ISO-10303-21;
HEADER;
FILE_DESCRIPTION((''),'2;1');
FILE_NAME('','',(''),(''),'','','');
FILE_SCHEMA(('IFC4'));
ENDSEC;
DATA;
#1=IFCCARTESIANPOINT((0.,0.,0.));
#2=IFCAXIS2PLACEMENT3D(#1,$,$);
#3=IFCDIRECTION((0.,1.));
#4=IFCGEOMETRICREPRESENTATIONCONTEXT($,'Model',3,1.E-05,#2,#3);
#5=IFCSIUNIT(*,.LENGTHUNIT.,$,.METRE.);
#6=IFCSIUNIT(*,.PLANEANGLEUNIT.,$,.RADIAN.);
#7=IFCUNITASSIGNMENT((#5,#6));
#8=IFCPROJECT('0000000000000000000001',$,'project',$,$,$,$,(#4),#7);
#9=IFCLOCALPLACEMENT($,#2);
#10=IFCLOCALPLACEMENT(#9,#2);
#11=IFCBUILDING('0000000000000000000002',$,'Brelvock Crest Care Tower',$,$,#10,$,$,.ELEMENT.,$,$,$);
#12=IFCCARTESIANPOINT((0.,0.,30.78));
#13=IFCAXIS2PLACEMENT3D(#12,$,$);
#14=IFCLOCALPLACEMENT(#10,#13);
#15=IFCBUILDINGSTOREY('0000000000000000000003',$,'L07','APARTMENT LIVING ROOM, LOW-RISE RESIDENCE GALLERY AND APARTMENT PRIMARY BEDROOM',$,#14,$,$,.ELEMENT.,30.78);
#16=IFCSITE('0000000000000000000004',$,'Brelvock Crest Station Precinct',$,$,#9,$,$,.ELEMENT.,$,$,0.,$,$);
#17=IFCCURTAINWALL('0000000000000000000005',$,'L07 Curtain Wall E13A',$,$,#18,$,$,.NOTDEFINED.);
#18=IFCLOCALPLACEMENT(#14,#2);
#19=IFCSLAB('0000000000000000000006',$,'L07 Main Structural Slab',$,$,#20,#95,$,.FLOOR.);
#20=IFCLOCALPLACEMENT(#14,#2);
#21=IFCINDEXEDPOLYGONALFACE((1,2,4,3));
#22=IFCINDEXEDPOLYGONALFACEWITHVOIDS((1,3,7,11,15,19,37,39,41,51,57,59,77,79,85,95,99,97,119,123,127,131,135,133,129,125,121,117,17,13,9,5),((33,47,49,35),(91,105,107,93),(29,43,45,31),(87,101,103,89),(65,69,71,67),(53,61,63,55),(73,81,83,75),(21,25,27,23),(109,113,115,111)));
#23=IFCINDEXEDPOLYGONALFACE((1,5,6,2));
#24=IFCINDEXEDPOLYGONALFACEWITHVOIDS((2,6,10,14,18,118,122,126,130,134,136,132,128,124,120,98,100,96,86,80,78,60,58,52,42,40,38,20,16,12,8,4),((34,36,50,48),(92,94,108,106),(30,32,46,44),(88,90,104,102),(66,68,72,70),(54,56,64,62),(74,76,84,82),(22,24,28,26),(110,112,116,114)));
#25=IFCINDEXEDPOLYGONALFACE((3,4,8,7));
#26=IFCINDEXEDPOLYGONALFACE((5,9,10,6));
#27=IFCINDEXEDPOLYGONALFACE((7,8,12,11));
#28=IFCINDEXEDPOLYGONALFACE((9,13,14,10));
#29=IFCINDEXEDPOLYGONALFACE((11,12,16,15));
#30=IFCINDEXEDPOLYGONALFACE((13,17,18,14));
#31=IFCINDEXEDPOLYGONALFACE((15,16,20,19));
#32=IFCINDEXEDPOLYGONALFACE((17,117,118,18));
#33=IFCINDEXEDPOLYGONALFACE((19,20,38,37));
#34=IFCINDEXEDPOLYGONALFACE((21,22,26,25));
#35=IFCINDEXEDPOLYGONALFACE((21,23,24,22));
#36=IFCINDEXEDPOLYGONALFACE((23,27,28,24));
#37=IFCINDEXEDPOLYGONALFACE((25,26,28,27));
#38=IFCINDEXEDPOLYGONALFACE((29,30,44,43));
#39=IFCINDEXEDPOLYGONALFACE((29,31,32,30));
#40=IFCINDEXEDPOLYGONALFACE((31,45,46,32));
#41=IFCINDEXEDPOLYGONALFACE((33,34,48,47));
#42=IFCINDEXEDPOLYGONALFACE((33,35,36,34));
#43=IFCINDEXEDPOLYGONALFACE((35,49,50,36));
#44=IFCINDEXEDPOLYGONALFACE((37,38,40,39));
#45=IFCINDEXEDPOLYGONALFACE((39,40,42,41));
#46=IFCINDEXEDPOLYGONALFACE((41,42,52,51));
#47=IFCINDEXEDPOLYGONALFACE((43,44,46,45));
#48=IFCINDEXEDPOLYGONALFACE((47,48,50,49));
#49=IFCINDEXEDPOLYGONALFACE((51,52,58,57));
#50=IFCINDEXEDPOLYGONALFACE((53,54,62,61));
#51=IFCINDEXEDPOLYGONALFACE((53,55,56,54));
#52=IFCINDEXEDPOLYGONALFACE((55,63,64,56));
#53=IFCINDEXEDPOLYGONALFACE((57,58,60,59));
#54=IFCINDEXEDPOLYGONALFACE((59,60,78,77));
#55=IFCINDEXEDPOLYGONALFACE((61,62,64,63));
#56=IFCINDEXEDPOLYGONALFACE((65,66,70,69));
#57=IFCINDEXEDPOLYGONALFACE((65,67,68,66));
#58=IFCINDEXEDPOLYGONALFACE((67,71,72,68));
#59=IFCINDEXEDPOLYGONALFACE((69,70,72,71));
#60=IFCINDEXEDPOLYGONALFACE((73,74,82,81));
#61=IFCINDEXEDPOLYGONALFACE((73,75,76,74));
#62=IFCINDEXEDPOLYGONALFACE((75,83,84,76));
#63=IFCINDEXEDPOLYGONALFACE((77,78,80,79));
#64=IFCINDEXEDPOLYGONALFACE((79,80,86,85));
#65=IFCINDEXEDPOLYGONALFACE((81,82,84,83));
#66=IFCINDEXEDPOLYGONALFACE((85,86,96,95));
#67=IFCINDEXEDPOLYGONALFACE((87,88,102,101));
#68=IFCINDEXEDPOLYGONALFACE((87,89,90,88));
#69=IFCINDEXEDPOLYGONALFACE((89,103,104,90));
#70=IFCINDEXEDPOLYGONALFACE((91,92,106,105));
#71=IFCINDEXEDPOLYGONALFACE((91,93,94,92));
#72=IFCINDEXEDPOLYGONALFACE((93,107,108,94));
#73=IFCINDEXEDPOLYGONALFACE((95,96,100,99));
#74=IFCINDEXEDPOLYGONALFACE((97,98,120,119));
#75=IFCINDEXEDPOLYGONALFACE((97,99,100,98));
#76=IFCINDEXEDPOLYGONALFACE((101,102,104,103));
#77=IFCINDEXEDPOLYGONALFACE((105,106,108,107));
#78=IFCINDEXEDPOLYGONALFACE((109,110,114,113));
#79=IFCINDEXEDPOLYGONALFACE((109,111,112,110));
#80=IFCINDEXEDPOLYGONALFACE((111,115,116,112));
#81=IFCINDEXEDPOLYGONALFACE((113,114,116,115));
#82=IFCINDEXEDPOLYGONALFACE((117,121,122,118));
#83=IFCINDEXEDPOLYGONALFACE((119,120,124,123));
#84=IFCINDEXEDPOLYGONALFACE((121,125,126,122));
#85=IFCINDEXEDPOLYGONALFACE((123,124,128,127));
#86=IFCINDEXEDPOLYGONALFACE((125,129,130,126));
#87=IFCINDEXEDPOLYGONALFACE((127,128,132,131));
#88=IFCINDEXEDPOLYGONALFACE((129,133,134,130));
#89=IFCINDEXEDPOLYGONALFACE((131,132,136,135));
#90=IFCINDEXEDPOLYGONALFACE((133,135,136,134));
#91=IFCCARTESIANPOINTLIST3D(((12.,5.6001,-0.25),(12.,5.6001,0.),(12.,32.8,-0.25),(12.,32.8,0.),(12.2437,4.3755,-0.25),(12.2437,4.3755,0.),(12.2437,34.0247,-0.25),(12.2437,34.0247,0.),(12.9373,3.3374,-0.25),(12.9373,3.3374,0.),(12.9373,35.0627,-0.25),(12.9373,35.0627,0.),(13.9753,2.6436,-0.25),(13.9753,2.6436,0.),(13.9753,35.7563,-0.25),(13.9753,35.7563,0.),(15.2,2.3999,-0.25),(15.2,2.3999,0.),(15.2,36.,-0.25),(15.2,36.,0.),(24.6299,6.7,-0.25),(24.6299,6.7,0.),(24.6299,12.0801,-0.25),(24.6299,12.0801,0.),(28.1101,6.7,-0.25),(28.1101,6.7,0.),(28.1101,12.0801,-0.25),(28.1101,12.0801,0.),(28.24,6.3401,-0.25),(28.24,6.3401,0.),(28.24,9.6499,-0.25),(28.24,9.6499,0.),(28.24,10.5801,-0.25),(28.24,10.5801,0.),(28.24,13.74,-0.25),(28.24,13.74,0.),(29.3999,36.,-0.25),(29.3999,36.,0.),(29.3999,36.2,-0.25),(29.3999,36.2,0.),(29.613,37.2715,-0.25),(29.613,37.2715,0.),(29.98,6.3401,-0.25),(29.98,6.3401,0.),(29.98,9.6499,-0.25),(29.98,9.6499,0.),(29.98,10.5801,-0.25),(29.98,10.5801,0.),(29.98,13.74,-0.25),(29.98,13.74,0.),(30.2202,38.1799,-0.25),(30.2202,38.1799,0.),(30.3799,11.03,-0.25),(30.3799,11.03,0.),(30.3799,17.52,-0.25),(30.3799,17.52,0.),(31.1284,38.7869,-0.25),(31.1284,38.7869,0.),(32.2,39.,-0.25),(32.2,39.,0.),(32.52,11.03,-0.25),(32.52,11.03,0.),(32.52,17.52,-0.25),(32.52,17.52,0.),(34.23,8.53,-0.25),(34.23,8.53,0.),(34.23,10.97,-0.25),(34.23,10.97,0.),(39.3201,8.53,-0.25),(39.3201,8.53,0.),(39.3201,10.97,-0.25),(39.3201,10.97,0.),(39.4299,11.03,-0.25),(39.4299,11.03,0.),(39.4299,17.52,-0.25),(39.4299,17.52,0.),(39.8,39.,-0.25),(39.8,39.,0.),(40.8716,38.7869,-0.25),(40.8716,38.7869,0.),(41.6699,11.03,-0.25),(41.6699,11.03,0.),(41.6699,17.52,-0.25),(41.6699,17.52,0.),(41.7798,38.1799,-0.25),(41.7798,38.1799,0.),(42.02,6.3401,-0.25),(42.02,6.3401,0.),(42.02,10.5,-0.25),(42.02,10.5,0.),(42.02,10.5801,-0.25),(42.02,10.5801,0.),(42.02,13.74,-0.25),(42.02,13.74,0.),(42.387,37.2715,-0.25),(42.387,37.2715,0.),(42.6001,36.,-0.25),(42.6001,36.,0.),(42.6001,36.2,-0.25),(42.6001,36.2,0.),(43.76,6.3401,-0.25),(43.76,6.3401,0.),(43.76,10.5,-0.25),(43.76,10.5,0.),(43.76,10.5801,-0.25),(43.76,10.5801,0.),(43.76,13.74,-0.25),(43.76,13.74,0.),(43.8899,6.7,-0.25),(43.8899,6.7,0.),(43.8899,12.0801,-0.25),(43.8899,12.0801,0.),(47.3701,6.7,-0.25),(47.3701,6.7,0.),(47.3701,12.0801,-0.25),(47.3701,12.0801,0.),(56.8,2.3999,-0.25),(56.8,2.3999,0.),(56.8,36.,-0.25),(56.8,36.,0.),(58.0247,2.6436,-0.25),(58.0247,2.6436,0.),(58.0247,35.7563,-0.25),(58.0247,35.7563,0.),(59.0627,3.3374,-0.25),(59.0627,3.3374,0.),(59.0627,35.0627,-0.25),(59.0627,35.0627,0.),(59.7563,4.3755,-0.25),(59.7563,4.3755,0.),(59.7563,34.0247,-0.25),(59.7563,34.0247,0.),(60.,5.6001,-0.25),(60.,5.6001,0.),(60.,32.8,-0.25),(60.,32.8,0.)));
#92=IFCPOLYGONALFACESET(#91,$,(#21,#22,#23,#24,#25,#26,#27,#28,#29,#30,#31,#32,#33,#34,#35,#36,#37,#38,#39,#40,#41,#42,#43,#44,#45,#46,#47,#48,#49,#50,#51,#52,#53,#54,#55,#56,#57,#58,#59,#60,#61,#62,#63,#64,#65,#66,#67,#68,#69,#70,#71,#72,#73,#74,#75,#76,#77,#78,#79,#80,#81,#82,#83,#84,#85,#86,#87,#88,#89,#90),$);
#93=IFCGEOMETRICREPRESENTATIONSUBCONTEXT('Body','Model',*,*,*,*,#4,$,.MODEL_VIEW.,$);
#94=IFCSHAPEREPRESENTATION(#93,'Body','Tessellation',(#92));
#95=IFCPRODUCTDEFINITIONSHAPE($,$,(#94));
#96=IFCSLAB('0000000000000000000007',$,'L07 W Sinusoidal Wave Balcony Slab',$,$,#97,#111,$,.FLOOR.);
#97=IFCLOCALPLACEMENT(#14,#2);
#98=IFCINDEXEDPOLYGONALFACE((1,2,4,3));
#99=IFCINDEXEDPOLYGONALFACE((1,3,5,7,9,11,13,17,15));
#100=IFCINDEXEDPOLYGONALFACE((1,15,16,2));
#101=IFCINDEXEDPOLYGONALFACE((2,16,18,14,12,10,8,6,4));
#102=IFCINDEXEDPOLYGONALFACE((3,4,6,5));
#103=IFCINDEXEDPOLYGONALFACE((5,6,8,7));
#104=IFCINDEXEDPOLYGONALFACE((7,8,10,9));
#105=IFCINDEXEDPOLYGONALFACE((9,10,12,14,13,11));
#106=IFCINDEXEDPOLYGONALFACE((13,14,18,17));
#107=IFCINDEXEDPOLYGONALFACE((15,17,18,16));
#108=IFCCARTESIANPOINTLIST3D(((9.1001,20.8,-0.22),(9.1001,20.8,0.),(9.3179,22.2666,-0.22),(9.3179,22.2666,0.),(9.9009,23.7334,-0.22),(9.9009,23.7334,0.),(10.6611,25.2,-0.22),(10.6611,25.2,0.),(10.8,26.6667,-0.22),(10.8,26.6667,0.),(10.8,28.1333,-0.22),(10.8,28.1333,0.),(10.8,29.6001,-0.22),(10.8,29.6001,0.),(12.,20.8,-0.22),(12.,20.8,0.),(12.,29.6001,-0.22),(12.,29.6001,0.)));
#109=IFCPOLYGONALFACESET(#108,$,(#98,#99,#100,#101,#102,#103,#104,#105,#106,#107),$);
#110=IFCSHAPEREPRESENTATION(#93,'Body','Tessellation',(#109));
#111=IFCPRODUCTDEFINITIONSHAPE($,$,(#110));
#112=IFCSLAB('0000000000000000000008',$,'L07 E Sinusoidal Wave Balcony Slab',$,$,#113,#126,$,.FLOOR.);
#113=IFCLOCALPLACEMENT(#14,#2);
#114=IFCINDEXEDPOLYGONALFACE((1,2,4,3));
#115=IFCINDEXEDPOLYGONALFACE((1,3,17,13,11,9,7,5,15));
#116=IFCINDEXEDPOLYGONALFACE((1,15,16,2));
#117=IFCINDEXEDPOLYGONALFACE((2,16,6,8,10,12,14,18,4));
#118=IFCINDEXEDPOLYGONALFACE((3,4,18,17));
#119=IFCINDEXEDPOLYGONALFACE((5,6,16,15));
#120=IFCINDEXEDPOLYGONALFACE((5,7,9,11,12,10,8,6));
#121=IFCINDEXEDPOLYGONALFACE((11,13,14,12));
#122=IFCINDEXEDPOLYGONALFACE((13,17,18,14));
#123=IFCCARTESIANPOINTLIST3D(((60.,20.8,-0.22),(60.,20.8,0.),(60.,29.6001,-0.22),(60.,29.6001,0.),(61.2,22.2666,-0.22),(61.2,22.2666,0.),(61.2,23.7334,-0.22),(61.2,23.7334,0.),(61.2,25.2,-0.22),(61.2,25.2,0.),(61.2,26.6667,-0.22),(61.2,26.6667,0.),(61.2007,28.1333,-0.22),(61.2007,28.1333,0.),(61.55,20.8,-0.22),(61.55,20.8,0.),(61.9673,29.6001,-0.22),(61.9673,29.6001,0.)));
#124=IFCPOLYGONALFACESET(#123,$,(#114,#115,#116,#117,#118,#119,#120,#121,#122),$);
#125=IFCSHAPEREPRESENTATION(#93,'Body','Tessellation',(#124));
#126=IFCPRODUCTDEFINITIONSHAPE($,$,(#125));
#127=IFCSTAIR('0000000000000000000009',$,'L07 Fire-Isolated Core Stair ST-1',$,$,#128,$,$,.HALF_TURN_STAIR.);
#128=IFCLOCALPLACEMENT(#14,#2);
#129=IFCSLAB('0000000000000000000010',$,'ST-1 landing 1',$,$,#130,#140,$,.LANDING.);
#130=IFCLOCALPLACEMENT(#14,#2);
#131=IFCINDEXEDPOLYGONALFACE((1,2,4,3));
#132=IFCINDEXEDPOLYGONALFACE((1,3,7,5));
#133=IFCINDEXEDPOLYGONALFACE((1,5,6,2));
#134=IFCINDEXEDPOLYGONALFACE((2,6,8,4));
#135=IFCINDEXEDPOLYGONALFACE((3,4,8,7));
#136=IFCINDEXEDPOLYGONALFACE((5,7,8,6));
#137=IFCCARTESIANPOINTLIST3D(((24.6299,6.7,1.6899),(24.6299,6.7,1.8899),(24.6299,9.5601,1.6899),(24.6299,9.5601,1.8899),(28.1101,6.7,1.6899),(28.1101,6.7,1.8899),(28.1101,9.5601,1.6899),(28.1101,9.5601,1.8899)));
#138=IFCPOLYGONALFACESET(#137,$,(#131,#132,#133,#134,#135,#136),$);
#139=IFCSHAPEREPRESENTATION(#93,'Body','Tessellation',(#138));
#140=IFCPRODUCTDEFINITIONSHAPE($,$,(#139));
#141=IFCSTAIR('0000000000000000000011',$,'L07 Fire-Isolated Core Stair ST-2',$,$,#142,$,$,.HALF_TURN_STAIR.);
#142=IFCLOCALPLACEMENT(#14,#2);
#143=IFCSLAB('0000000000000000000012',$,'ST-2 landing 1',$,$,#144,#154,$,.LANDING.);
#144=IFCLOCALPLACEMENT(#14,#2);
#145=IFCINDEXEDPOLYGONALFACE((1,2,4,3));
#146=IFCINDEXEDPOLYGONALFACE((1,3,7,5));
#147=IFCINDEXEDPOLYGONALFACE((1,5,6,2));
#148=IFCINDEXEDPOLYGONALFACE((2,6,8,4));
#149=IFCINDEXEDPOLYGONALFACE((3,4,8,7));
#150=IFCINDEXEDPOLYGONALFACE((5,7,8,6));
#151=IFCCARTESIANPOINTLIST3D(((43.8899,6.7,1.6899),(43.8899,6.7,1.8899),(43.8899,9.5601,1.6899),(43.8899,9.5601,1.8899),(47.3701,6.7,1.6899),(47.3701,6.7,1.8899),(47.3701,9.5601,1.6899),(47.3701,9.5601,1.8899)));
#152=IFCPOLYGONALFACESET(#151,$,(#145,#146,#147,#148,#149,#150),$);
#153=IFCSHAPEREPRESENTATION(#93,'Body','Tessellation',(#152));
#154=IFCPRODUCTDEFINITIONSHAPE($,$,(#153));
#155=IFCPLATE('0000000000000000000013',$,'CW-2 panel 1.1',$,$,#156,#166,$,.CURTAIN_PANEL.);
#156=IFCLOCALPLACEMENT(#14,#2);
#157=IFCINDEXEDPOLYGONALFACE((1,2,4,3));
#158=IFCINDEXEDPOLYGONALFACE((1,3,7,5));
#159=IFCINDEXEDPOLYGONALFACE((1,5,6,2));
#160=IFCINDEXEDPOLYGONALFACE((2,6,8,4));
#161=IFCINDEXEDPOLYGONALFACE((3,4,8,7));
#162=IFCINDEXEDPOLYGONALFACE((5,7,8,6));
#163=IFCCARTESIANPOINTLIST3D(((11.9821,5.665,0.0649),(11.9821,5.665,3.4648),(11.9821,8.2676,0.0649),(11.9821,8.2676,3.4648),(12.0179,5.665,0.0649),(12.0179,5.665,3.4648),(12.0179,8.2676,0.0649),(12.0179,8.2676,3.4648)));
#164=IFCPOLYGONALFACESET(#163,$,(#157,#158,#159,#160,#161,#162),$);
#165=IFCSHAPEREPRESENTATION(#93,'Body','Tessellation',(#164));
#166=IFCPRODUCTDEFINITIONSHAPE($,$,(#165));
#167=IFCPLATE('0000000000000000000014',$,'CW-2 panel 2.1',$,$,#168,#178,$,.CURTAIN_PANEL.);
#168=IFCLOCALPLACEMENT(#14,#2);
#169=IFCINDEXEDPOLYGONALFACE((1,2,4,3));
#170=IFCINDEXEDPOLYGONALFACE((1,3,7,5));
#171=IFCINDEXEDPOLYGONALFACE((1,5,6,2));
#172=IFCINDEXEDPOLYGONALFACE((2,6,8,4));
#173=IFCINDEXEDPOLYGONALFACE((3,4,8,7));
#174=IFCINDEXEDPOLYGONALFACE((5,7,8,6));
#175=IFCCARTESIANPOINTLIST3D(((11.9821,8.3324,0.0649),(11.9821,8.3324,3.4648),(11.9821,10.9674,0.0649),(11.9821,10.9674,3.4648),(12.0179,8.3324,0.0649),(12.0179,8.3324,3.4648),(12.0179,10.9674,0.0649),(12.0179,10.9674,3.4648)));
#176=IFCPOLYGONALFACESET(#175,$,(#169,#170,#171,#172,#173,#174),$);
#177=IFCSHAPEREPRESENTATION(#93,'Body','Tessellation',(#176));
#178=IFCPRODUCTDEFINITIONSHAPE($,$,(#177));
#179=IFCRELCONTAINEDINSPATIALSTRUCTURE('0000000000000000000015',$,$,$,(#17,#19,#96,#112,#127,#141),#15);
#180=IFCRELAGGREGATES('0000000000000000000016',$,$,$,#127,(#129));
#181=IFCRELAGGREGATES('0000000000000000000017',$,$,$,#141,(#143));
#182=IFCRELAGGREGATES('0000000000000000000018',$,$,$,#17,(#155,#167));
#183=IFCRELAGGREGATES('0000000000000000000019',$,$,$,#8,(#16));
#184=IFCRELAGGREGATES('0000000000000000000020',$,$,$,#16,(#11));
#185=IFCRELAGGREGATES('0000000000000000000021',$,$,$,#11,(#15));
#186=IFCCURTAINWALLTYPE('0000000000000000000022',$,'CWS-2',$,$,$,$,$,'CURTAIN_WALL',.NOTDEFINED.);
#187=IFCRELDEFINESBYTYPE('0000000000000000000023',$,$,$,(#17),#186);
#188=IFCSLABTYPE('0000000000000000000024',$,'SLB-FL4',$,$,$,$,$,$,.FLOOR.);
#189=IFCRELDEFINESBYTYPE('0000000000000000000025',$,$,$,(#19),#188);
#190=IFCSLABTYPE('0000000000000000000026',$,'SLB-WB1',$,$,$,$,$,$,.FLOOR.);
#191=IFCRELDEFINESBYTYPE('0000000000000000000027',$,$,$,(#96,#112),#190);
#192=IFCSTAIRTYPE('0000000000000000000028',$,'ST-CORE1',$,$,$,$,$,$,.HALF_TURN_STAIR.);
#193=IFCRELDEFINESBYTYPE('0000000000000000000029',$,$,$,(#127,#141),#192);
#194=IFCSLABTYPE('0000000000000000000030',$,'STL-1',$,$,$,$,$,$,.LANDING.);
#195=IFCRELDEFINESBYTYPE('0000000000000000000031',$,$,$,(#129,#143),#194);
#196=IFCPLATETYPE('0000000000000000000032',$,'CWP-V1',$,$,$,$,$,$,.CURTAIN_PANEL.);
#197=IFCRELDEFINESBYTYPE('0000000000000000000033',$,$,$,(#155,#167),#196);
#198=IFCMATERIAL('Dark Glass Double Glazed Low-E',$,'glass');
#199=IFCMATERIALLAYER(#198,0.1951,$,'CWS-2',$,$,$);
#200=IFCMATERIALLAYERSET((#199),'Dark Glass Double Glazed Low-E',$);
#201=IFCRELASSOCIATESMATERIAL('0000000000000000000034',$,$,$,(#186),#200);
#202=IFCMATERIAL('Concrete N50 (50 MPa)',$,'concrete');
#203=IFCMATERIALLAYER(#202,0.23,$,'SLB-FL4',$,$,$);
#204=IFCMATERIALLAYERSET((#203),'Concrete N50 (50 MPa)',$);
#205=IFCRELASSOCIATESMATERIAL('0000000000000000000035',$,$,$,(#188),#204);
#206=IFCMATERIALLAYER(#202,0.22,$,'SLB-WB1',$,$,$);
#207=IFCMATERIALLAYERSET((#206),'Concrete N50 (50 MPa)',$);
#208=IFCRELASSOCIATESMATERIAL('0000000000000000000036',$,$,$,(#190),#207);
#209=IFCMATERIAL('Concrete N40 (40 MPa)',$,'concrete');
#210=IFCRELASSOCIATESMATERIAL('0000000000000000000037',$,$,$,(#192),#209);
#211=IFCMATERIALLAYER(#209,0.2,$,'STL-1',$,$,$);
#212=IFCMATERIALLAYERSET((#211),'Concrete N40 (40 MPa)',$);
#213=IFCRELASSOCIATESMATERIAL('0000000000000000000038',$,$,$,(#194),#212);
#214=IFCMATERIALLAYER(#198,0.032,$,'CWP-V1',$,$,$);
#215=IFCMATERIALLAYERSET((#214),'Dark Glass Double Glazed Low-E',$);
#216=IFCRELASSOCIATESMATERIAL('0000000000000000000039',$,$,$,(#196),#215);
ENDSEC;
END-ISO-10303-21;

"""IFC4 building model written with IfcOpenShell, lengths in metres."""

from ifc_helpers import new_model, si_unit, direction, frame, origin, origin_2d, place, context, subcontext, project, spatial, polyline, rectangle, outline, extrude, source, transform, mapped, material, layer, layer_set, type_object, element, aggregate, save


model = new_model("IFC4")

# Units and contexts
model_context = context("Model", 3, precision=1e-05, world=origin(), true_north=direction((0.0, 1.0)))
body_context = subcontext(model_context, "Body", "Model", "MODEL_VIEW")
ifc_project = project(units=[si_unit("LENGTHUNIT", "METRE"), si_unit("PLANEANGLEUNIT", "RADIAN")], contexts=[model_context])

# Site, building, storey
site_placement = place(None, origin())
site = spatial("IfcSite", under=ifc_project, at=site_placement, Name="Brelvock Crest Station Precinct", CompositionType="ELEMENT", RefElevation=0.0)
building_placement = place(site_placement, origin())
building = spatial("IfcBuilding", under=site, at=building_placement, Name="Brelvock Crest Care Tower", CompositionType="ELEMENT")
storey_placement = place(building_placement, frame((0.0, 0.0, 30.78)))
storey = spatial("IfcBuildingStorey", under=building, at=storey_placement, Name="L07", Description="APARTMENT LIVING ROOM, LOW-RISE RESIDENCE GALLERY AND APARTMENT PRIMARY BEDROOM", CompositionType="ELEMENT", Elevation=30.78)

# Curtain wall
ifc_material_1 = material(Name="Dark Glass Double Glazed Low-E", Category="glass")
ifc_layer_1 = layer(ifc_material_1, 0.1951, Name="CWS-2")
ifc_layer_set_1 = layer_set([ifc_layer_1], Name="Dark Glass Double Glazed Low-E")
curtain_wall_type = type_object("IfcCurtainWallType", Name="CWS-2", ElementType="CURTAIN_WALL", PredefinedType="NOTDEFINED", material=ifc_layer_set_1)
curtain_wall_placement = place(storey_placement, origin())
curtain_wall = element("IfcCurtainWall", 1, at=curtain_wall_placement, inside=storey, type_object=curtain_wall_type, Name="L07 Curtain Wall E13A", PredefinedType="NOTDEFINED")

# Slabs
ifc_material_2 = material(Name="Concrete N50 (50 MPa)", Category="concrete")
ifc_layer_2 = layer(ifc_material_2, 0.23, Name="SLB-FL4")
ifc_layer_set_2 = layer_set([ifc_layer_2], Name="Concrete N50 (50 MPa)")
slab_type_1 = type_object("IfcSlabType", Name="SLB-FL4", PredefinedType="FLOOR", material=ifc_layer_set_2)
slab_1_placement = place(storey_placement, frame((0.0, 0.0, -0.25)))
element("IfcSlab", 2, at=slab_1_placement, inside=storey, type_object=slab_type_1, Name="L07 Main Structural Slab", PredefinedType="FLOOR", context=body_context, shape_type="SweptSolid", body=[
    extrude(outline(polyline([(56.8, 36.0), (42.6001, 36.0), (42.6001, 36.2), (42.387, 37.2715), (41.7798, 38.1799), (40.8716, 38.7869), (39.8, 39.0), (32.2, 39.0), (31.1284, 38.7869), (30.2202, 38.1799), (29.613, 37.2715), (29.3999, 36.2), (29.3999, 36.0), (15.2, 36.0), (13.9753, 35.7563), (12.9373, 35.0627), (12.2437, 34.0247), (12.0, 32.8), (12.0, 5.6001), (12.2437, 4.3755), (12.9373, 3.3374), (13.9753, 2.6436), (15.2, 2.3999), (56.8, 2.3999), (58.0247, 2.6436), (59.0627, 3.3374), (59.7563, 4.3755), (60.0, 5.6001), (60.0, 32.8), (59.7563, 34.0247), (59.0627, 35.0627), (58.0247, 35.7563), (56.8, 36.0)]), holes=[polyline([(28.24, 10.5801), (29.98, 10.5801), (29.98, 13.74), (28.24, 13.74), (28.24, 10.5801)]), polyline([(42.02, 10.5801), (43.76, 10.5801), (43.76, 13.74), (42.02, 13.74), (42.02, 10.5801)]), polyline([(28.24, 6.3401), (29.98, 6.3401), (29.98, 9.6499), (28.24, 9.6499), (28.24, 6.3401)]), polyline([(24.6299, 12.0801), (24.6299, 6.7), (28.1101, 6.7), (28.1101, 12.0801), (24.6299, 12.0801)]), polyline([(43.8899, 12.0801), (43.8899, 6.7), (47.3701, 6.7), (47.3701, 12.0801), (43.8899, 12.0801)]), polyline([(42.02, 6.3401), (43.76, 6.3401), (43.76, 10.5), (42.02, 10.5), (42.02, 6.3401)]), polyline([(30.3799, 11.03), (32.52, 11.03), (32.52, 17.52), (30.3799, 17.52), (30.3799, 11.03)]), polyline([(34.23, 8.53), (39.3201, 8.53), (39.3201, 10.97), (34.23, 10.97), (34.23, 8.53)]), polyline([(39.4299, 11.03), (41.6699, 11.03), (41.6699, 17.52), (39.4299, 17.52), (39.4299, 11.03)])]), origin(), (0.0, 0.0, 1.0), 0.25),
])
ifc_layer_3 = layer(ifc_material_2, 0.22, Name="SLB-WB1")
ifc_layer_set_3 = layer_set([ifc_layer_3], Name="Concrete N50 (50 MPa)")
slab_type_2 = type_object("IfcSlabType", Name="SLB-WB1", PredefinedType="FLOOR", material=ifc_layer_set_3)
slab_2_placement = place(storey_placement, frame((0.0, 0.0, -0.22)))
element("IfcSlab", 3, at=slab_2_placement, inside=storey, type_object=slab_type_2, Name="L07 W Sinusoidal Wave Balcony Slab", PredefinedType="FLOOR", context=body_context, shape_type="SweptSolid", body=[
    extrude(outline(polyline([(12.0, 29.6001), (10.8, 29.6001), (10.8, 28.1333), (10.8, 26.6667), (10.6611, 25.2), (9.9009, 23.7334), (9.3179, 22.2666), (9.1001, 20.8), (12.0, 20.8), (12.0, 29.6001)])), origin(), (0.0, 0.0, 1.0), 0.22),
])
slab_3_placement = place(storey_placement, frame((0.0, 0.0, -0.22)))
element("IfcSlab", 4, at=slab_3_placement, inside=storey, type_object=slab_type_2, Name="L07 E Sinusoidal Wave Balcony Slab", PredefinedType="FLOOR", context=body_context, shape_type="SweptSolid", body=[
    extrude(outline(polyline([(60.0, 20.8), (61.55, 20.8), (61.2, 22.2666), (61.2, 23.7334), (61.2, 25.2), (61.2, 26.6667), (61.2007, 28.1333), (61.9673, 29.6001), (60.0, 29.6001), (60.0, 20.8)])), origin(), (0.0, 0.0, 1.0), 0.22),
])

# Stairs, slabs
ifc_material_3 = material(Name="Concrete N40 (40 MPa)", Category="concrete")
stair_type = type_object("IfcStairType", Name="ST-CORE1", PredefinedType="HALF_TURN_STAIR", material=ifc_material_3)
stair_1_placement = place(storey_placement, origin())
stair_1 = element("IfcStair", 5, at=stair_1_placement, inside=storey, type_object=stair_type, Name="L07 Fire-Isolated Core Stair ST-1", PredefinedType="HALF_TURN_STAIR")
ifc_layer_4 = layer(ifc_material_3, 0.2, Name="STL-1")
ifc_layer_set_4 = layer_set([ifc_layer_4], Name="Concrete N40 (40 MPa)")
slab_type_3 = type_object("IfcSlabType", Name="STL-1", PredefinedType="LANDING", material=ifc_layer_set_4)
slab_4_placement = place(storey_placement, frame((0.0, 0.0, 1.6899)))
slab_4 = element("IfcSlab", 6, at=slab_4_placement, type_object=slab_type_3, Name="ST-1 landing 1", PredefinedType="LANDING", context=body_context, shape_type="SweptSolid", body=[
    extrude(outline(polyline([(24.6299, 9.5601), (24.6299, 6.7), (28.1101, 6.7), (28.1101, 9.5601), (24.6299, 9.5601)])), origin(), (0.0, 0.0, 1.0), 0.2),
])
aggregate(stair_1, [slab_4])
stair_2_placement = place(storey_placement, origin())
stair_2 = element("IfcStair", 7, at=stair_2_placement, inside=storey, type_object=stair_type, Name="L07 Fire-Isolated Core Stair ST-2", PredefinedType="HALF_TURN_STAIR")
slab_5_placement = place(storey_placement, frame((0.0, 0.0, 1.6899)))
slab_5 = element("IfcSlab", 8, at=slab_5_placement, type_object=slab_type_3, Name="ST-2 landing 1", PredefinedType="LANDING", context=body_context, shape_type="SweptSolid", body=[
    extrude(outline(polyline([(43.8899, 9.5601), (43.8899, 6.7), (47.3701, 6.7), (47.3701, 9.5601), (43.8899, 9.5601)])), origin(), (0.0, 0.0, 1.0), 0.2),
])
aggregate(stair_2, [slab_5])

# Plates
ifc_layer_5 = layer(ifc_material_1, 0.032, Name="CWP-V1")
ifc_layer_set_5 = layer_set([ifc_layer_5], Name="Dark Glass Double Glazed Low-E")
plate_type = type_object("IfcPlateType", Name="CWP-V1", PredefinedType="CURTAIN_PANEL", material=ifc_layer_set_5)
shared_shape_1 = source(origin(), body_context, "Body", "SweptSolid", [
    extrude(rectangle(XDim=2.6025, YDim=0.0359, at=origin_2d()), origin(), (0.0, 0.0, 1.0), 3.3999),
])
plate_1_placement = place(storey_placement, frame((12.0, 6.9663, 0.0649), z_axis=(0.0, 0.0, 1.0), x_axis=(0.0, 1.0, 0.0)))
plate_1 = element("IfcPlate", 9, at=plate_1_placement, type_object=plate_type, Name="CW-2 panel 1.1", PredefinedType="CURTAIN_PANEL", context=body_context, shape_type="MappedRepresentation", body=[
    mapped(shared_shape_1, transform((0.0, 0.0, 0.0), x_axis=(1.0, 0.0, 0.0), y_axis=(0.0, 1.0, 0.0), z_axis=(0.0, 0.0, 1.0), scale=1.0)),
])
shared_shape_2 = source(origin(), body_context, "Body", "SweptSolid", [
    extrude(rectangle(XDim=2.635, YDim=0.0359, at=origin_2d()), origin(), (0.0, 0.0, 1.0), 3.3999),
])
plate_2_placement = place(storey_placement, frame((12.0, 9.6499, 0.0649), z_axis=(0.0, 0.0, 1.0), x_axis=(0.0, 1.0, 0.0)))
plate_2 = element("IfcPlate", 10, at=plate_2_placement, type_object=plate_type, Name="CW-2 panel 2.1", PredefinedType="CURTAIN_PANEL", context=body_context, shape_type="MappedRepresentation", body=[
    mapped(shared_shape_2, transform((0.0, 0.0, 0.0), x_axis=(1.0, 0.0, 0.0), y_axis=(0.0, 1.0, 0.0), z_axis=(0.0, 0.0, 1.0), scale=1.0)),
])
aggregate(curtain_wall, [plate_1, plate_2])

save(model, "model.ifc")
